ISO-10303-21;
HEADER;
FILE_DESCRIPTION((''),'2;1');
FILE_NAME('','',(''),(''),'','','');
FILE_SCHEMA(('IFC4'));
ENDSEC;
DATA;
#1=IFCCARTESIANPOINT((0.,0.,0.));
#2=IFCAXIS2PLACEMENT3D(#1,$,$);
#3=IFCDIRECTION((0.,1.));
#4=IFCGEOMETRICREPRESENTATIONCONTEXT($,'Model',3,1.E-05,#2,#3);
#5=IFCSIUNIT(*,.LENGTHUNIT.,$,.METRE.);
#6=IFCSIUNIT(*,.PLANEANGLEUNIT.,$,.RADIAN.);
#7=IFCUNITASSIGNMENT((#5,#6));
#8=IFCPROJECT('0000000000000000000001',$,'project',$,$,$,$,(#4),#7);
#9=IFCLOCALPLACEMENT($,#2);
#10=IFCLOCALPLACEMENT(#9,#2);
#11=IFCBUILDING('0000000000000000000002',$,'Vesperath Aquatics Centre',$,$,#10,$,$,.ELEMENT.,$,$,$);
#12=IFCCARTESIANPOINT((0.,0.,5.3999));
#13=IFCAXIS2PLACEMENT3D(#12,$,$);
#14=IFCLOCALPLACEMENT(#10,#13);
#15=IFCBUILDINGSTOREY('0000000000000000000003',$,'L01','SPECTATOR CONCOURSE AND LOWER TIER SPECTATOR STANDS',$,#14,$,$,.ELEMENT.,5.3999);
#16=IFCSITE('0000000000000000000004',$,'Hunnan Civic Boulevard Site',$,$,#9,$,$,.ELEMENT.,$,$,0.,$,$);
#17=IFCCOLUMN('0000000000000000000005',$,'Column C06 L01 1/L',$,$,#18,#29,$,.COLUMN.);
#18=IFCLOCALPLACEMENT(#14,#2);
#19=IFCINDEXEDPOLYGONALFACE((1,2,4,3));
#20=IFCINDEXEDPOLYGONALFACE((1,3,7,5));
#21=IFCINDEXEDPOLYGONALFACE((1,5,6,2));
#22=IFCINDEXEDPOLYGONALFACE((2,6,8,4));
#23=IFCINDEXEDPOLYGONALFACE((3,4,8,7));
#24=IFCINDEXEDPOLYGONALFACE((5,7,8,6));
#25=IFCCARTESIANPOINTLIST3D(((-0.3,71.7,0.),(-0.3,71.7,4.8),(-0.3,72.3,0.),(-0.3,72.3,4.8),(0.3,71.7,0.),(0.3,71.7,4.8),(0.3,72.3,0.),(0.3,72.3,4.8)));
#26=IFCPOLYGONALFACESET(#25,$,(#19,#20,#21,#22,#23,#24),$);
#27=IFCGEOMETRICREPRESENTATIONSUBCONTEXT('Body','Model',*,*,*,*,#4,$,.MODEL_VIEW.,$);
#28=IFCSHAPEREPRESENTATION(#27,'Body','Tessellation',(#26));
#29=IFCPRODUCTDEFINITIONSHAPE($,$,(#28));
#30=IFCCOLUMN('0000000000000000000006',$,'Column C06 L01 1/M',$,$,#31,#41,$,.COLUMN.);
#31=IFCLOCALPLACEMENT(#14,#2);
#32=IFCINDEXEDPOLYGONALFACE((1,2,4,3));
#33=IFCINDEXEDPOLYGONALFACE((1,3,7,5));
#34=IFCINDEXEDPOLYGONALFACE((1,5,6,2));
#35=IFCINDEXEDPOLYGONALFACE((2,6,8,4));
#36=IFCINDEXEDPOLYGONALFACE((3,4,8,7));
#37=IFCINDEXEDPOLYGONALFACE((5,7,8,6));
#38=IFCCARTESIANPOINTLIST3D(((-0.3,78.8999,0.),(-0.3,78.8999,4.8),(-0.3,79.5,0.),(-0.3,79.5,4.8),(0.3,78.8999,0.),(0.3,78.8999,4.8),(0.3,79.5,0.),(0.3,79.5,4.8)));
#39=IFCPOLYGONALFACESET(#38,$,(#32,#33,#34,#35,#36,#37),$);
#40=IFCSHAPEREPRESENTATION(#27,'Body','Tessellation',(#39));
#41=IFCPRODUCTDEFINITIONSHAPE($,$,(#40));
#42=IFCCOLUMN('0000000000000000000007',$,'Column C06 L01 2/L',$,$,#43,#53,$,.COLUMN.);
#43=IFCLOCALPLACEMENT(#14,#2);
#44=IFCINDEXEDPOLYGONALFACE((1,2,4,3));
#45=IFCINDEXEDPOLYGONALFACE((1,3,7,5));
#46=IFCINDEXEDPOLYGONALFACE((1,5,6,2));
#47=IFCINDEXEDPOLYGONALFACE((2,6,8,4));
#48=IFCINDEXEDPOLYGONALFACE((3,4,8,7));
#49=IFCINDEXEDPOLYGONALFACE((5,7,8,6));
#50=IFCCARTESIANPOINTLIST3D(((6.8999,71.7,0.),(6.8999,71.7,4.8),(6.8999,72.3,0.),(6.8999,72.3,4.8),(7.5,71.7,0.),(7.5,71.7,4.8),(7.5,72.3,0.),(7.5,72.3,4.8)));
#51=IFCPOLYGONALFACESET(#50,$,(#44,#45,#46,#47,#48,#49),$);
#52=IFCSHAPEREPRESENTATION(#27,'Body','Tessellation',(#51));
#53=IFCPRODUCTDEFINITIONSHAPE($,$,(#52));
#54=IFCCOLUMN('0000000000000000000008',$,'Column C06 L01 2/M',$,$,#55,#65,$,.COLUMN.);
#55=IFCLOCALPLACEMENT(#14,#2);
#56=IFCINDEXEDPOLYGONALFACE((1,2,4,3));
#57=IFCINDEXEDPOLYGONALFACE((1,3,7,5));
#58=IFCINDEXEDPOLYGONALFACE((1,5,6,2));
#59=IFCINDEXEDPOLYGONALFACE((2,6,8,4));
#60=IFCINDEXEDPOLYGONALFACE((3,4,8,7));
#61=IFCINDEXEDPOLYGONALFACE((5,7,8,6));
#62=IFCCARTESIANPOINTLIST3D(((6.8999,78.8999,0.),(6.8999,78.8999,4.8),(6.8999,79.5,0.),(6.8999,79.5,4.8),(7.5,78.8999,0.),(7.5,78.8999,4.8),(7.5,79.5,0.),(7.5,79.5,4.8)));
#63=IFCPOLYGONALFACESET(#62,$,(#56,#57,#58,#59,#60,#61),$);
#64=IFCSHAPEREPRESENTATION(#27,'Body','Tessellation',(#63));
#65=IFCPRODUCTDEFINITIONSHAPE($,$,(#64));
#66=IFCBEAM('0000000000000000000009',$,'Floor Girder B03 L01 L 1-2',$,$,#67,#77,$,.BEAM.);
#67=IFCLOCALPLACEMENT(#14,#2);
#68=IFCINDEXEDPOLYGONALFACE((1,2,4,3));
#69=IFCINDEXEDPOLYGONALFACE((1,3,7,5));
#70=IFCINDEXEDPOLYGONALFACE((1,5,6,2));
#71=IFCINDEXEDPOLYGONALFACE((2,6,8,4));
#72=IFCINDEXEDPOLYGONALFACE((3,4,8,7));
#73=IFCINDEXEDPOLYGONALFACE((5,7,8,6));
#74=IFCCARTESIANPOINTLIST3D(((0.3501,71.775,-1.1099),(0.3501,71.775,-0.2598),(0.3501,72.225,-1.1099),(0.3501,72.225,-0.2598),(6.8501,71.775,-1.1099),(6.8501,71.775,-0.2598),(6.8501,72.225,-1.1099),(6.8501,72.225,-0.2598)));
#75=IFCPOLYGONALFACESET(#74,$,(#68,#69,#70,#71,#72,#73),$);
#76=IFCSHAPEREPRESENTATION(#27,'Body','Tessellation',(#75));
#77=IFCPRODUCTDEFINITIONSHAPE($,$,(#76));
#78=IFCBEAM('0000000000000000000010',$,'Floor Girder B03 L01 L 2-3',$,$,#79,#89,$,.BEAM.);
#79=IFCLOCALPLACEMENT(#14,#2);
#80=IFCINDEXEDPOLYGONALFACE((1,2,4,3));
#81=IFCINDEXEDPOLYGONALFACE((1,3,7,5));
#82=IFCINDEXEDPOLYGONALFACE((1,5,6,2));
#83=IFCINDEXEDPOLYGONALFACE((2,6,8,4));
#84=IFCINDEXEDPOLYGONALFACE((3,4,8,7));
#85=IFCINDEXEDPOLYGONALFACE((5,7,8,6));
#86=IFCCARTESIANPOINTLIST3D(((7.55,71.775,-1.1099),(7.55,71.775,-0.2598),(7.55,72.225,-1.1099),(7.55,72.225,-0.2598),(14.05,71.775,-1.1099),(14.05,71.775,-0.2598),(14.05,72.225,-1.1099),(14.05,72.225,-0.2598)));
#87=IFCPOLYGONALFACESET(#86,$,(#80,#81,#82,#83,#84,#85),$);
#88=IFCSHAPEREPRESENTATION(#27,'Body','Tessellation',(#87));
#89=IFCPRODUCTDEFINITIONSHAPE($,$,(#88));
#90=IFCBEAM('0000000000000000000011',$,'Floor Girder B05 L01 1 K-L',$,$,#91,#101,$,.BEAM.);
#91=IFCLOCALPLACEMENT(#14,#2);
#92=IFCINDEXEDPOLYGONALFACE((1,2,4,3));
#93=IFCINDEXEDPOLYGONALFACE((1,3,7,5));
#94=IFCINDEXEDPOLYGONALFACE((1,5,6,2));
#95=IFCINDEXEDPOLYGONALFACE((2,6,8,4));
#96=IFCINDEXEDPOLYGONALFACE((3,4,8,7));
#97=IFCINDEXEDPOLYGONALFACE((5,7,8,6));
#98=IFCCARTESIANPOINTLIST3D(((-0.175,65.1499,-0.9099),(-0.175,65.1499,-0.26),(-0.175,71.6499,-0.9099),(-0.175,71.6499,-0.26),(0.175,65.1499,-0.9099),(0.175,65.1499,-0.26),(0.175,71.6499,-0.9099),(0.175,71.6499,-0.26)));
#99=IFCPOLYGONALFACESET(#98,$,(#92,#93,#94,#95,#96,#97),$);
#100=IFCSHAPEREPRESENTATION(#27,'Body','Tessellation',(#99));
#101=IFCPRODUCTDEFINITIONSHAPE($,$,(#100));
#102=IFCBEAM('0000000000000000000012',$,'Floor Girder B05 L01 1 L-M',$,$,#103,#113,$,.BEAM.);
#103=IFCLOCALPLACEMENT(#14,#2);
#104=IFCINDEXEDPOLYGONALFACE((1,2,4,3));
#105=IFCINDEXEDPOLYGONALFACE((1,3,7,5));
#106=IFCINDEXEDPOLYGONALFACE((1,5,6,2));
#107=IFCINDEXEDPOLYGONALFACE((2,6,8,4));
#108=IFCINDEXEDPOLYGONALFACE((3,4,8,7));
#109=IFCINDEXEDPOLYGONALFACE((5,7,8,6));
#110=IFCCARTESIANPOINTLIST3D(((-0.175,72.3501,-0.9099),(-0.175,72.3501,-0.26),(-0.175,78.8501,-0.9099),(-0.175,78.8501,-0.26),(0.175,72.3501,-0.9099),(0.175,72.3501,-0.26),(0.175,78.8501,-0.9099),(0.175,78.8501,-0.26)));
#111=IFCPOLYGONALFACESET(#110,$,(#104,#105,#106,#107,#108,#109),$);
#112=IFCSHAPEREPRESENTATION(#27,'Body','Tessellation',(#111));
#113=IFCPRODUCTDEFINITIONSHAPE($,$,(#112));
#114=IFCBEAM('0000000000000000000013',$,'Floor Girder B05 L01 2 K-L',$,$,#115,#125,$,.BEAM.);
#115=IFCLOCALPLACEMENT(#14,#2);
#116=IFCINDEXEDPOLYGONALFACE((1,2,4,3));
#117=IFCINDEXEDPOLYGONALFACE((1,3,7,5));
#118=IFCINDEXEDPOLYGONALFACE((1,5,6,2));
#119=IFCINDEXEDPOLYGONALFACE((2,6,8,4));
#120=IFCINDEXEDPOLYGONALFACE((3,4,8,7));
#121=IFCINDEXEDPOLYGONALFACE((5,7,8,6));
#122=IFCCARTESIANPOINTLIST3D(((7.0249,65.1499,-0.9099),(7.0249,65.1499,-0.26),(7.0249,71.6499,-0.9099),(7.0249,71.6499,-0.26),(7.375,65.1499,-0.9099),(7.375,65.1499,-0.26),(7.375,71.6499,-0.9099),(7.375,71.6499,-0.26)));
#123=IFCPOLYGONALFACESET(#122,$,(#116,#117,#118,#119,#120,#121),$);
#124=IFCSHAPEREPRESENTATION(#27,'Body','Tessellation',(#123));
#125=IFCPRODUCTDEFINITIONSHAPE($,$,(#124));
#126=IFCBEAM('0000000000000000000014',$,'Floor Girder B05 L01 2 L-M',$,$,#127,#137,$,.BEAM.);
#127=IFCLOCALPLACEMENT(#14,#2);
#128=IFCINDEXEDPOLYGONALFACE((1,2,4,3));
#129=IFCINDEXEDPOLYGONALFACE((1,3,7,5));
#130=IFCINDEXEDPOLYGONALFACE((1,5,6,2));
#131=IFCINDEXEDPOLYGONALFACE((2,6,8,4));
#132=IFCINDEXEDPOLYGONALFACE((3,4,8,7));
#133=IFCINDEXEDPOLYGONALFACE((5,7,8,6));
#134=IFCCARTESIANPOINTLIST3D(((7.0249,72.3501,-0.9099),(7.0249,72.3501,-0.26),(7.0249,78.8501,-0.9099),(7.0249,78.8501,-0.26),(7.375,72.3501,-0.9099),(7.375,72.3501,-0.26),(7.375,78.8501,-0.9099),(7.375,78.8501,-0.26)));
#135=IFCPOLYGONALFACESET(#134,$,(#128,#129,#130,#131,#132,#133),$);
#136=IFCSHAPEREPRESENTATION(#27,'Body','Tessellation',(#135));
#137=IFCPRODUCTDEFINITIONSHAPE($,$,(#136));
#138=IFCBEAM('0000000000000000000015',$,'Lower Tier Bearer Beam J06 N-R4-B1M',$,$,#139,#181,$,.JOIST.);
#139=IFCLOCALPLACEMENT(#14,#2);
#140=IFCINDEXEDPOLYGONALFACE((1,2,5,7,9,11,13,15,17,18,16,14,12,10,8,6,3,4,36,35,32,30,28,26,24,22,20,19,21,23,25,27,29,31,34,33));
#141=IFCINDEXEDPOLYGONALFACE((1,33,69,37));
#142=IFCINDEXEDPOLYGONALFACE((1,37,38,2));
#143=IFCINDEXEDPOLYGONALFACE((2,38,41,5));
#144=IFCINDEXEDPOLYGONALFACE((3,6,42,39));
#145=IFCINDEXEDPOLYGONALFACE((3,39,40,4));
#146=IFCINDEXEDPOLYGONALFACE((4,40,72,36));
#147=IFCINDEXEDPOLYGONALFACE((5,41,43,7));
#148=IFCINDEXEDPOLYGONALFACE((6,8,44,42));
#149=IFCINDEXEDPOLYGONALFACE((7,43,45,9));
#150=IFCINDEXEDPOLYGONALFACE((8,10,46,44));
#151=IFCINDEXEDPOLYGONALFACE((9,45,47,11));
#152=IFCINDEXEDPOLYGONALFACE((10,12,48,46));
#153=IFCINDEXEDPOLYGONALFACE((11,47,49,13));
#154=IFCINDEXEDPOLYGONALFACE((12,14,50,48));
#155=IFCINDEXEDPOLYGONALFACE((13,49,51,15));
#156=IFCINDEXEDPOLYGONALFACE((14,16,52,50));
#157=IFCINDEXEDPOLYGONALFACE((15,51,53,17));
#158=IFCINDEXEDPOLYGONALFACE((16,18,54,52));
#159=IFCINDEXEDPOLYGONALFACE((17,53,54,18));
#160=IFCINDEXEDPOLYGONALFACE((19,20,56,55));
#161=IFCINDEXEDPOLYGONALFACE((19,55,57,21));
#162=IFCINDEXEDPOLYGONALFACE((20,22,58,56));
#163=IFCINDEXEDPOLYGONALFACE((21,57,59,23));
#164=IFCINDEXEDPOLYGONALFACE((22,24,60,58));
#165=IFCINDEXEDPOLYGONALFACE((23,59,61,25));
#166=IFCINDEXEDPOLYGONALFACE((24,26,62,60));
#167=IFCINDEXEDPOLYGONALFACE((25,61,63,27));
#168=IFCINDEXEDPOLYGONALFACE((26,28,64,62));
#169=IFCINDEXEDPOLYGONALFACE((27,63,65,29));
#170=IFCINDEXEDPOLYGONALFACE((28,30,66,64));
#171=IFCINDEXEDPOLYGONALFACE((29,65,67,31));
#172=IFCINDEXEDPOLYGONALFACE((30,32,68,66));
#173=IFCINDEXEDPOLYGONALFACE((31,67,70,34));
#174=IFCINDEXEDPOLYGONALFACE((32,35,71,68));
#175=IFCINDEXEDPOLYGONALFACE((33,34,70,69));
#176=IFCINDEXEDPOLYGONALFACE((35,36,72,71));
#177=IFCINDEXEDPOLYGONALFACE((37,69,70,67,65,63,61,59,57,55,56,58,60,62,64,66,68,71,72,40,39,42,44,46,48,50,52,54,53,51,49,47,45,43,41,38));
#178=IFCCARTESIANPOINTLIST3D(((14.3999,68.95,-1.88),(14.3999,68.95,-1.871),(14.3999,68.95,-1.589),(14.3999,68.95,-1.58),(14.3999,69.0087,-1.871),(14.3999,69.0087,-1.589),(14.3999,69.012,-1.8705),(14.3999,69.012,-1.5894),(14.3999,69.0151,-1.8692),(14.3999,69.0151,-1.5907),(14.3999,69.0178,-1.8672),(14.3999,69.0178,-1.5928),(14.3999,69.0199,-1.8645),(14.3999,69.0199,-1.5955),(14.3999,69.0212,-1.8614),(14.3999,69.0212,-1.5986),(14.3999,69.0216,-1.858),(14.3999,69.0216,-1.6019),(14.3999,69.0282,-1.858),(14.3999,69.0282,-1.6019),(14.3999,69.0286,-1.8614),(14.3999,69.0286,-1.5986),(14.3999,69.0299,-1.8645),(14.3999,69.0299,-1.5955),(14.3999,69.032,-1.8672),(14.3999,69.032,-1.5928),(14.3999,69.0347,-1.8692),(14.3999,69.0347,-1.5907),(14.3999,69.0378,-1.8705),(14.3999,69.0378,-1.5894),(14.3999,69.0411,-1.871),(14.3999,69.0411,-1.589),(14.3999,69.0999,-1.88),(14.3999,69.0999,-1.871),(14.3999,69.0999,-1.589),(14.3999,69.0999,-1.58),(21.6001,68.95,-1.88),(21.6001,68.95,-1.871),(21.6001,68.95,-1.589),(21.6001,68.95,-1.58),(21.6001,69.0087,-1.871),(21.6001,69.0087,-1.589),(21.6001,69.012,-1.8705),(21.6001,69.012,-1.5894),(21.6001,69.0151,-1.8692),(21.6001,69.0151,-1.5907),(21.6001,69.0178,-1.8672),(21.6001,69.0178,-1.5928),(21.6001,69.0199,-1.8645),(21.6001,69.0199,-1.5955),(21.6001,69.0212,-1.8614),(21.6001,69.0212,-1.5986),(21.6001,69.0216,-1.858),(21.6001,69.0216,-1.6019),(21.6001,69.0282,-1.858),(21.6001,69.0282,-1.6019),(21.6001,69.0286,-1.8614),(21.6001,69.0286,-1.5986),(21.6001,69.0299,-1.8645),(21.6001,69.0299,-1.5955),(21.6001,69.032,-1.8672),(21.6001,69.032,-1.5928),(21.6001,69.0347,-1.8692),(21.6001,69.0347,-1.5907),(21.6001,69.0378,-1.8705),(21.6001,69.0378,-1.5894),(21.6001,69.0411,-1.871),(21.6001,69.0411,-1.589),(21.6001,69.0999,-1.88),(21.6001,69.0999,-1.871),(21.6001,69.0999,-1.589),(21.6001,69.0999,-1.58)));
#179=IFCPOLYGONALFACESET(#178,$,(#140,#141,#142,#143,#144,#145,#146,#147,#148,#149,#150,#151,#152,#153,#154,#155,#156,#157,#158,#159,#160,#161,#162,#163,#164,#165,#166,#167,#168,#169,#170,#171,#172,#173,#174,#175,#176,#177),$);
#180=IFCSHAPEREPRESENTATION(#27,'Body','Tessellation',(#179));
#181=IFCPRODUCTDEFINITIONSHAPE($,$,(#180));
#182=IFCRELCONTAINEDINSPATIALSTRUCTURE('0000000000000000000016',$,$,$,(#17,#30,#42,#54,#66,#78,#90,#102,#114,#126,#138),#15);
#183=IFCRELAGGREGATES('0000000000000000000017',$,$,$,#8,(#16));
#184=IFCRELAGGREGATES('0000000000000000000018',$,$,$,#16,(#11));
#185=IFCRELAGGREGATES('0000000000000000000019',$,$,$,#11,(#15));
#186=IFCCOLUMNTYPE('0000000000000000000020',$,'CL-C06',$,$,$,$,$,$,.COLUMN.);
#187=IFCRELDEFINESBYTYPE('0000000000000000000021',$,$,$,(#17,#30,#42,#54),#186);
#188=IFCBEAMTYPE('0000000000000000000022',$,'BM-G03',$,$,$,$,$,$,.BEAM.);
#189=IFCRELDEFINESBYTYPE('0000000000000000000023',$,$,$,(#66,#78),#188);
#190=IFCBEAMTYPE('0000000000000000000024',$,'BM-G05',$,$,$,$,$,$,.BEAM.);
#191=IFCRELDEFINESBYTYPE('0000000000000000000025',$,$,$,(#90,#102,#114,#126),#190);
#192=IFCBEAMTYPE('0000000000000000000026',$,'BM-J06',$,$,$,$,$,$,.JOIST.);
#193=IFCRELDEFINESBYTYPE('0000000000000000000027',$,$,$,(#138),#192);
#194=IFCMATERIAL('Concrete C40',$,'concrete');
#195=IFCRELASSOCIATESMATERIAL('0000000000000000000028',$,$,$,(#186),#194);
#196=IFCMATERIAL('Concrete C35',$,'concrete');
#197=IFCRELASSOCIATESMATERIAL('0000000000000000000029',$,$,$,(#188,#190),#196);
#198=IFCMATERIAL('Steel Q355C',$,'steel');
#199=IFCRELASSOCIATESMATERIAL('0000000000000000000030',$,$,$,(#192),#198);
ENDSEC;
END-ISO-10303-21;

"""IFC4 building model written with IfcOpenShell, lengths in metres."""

from ifc_helpers import new_model, si_unit, direction, frame, origin, origin_2d, place, context, subcontext, project, spatial, rectangle, i_section, extrude, material, material_profile, profile_set, type_object, element, save


model = new_model("IFC4")

# Units and contexts
model_context = context("Model", 3, precision=1e-05, world=origin(), true_north=direction((0.0, 1.0)))
body_context = subcontext(model_context, "Body", "Model", "MODEL_VIEW")
ifc_project = project(units=[si_unit("LENGTHUNIT", "METRE"), si_unit("PLANEANGLEUNIT", "RADIAN")], contexts=[model_context])

# Site, building, storey
site_placement = place(None, origin())
site = spatial("IfcSite", under=ifc_project, at=site_placement, Name="Hunnan Civic Boulevard Site", CompositionType="ELEMENT", RefElevation=0.0)
building_placement = place(site_placement, origin())
building = spatial("IfcBuilding", under=site, at=building_placement, Name="Vesperath Aquatics Centre", CompositionType="ELEMENT")
storey_placement = place(building_placement, frame((0.0, 0.0, 5.3999)))
storey = spatial("IfcBuildingStorey", under=building, at=storey_placement, Name="L01", Description="SPECTATOR CONCOURSE AND LOWER TIER SPECTATOR STANDS", CompositionType="ELEMENT", Elevation=5.3999)

# Columns
ifc_material_1 = material(Name="Concrete C40", Category="concrete")
ifc_material_profile_1 = material_profile(ifc_material_1, rectangle(XDim=0.6001, YDim=0.6001, at=origin_2d()), Name="RC 600x600")
ifc_profile_set_1 = profile_set([ifc_material_profile_1], Name="Concrete C40")
column_type = type_object("IfcColumnType", Name="CL-C06", PredefinedType="COLUMN", material=ifc_profile_set_1)
for number, where, z_axis, x_axis, name in (
    (1, (0.0, 72.0, 0.0), (0.0, 0.0, 1.0), (1.0, 0.0, 0.0), "Column C06 L01 1/L"),
    (2, (0.0, 79.2, 0.0), (0.0, 0.0, 1.0), (1.0, 0.0, 0.0), "Column C06 L01 1/M"),
    (3, (7.2, 72.0, 0.0), (0.0, 0.0, 1.0), (1.0, 0.0, 0.0), "Column C06 L01 2/L"),
    (4, (7.2, 79.2, 0.0), (0.0, 0.0, 1.0), (1.0, 0.0, 0.0), "Column C06 L01 2/M"),
):
    element("IfcColumn", number, at=place(storey_placement, frame(where, z_axis=z_axis, x_axis=x_axis)), inside=storey, type_object=column_type, Name=name, PredefinedType="COLUMN", context=body_context, shape_type="SweptSolid", body=[
        extrude(rectangle(XDim=0.6001, YDim=0.6001, at=origin_2d()), origin(), (0.0, 0.0, 1.0), 4.8),
    ])

# Beams
ifc_material_2 = material(Name="Concrete C35", Category="concrete")
ifc_material_profile_2 = material_profile(ifc_material_2, rectangle(XDim=0.45, YDim=0.8501, at=origin_2d()), Name="RC 450x850")
ifc_profile_set_2 = profile_set([ifc_material_profile_2], Name="Concrete C35")
beam_type_1 = type_object("IfcBeamType", Name="BM-G03", PredefinedType="BEAM", material=ifc_profile_set_2)
for number, where, z_axis, x_axis, name in (
    (5, (0.3501, 72.0, -0.6848), (1.0, 0.0, 0.0), (0.0, 1.0, 0.0), "Floor Girder B03 L01 L 1-2"),
    (6, (7.55, 72.0, -0.6848), (1.0, 0.0, 0.0), (0.0, 1.0, 0.0), "Floor Girder B03 L01 L 2-3"),
):
    element("IfcBeam", number, at=place(storey_placement, frame(where, z_axis=z_axis, x_axis=x_axis)), inside=storey, type_object=beam_type_1, Name=name, PredefinedType="BEAM", context=body_context, shape_type="SweptSolid", body=[
        extrude(rectangle(XDim=0.45, YDim=0.8501, at=origin_2d()), origin(), (0.0, 0.0, 1.0), 6.5),
    ])
ifc_material_profile_3 = material_profile(ifc_material_2, rectangle(XDim=0.3501, YDim=0.6499, at=origin_2d()), Name="RC 350x650")
ifc_profile_set_3 = profile_set([ifc_material_profile_3], Name="Concrete C35")
beam_type_2 = type_object("IfcBeamType", Name="BM-G05", PredefinedType="BEAM", material=ifc_profile_set_3)
for number, where, z_axis, x_axis, name in (
    (7, (0.0, 65.1499, -0.585), (0.0, 1.0, 0.0), (-1.0, 0.0, 0.0), "Floor Girder B05 L01 1 K-L"),
    (8, (0.0, 72.3501, -0.585), (0.0, 1.0, 0.0), (-1.0, 0.0, 0.0), "Floor Girder B05 L01 1 L-M"),
    (9, (7.2, 65.1499, -0.585), (0.0, 1.0, 0.0), (-1.0, 0.0, 0.0), "Floor Girder B05 L01 2 K-L"),
    (10, (7.2, 72.3501, -0.585), (0.0, 1.0, 0.0), (-1.0, 0.0, 0.0), "Floor Girder B05 L01 2 L-M"),
):
    element("IfcBeam", number, at=place(storey_placement, frame(where, z_axis=z_axis, x_axis=x_axis)), inside=storey, type_object=beam_type_2, Name=name, PredefinedType="BEAM", context=body_context, shape_type="SweptSolid", body=[
        extrude(rectangle(XDim=0.3501, YDim=0.6499, at=origin_2d()), origin(), (0.0, 0.0, 1.0), 6.5),
    ])
ifc_material_3 = material(Name="Steel Q355C", Category="steel")
ifc_material_profile_4 = material_profile(ifc_material_3, i_section(OverallWidth=0.1499, OverallDepth=0.3, WebThickness=0.0066, FlangeThickness=0.009, FilletRadius=0.0129, at=origin_2d()), Name="HN 300x150x6.5x9")
ifc_profile_set_4 = profile_set([ifc_material_profile_4], Name="Steel Q355C")
beam_type_3 = type_object("IfcBeamType", Name="BM-J06", PredefinedType="JOIST", material=ifc_profile_set_4)
for number, where, z_axis, x_axis, name in (
    (11, (14.3999, 69.0249, -1.73), (1.0, 0.0, 0.0), (0.0, 1.0, 0.0), "Lower Tier Bearer Beam J06 N-R4-B1M"),
):
    element("IfcBeam", number, at=place(storey_placement, frame(where, z_axis=z_axis, x_axis=x_axis)), inside=storey, type_object=beam_type_3, Name=name, PredefinedType="JOIST", context=body_context, shape_type="SweptSolid", body=[
        extrude(i_section(OverallWidth=0.1499, OverallDepth=0.3, WebThickness=0.0066, FlangeThickness=0.009, FilletRadius=0.0129, at=origin_2d()), origin(), (0.0, 0.0, 1.0), 7.2002),
    ])

save(model, "model.ifc")
